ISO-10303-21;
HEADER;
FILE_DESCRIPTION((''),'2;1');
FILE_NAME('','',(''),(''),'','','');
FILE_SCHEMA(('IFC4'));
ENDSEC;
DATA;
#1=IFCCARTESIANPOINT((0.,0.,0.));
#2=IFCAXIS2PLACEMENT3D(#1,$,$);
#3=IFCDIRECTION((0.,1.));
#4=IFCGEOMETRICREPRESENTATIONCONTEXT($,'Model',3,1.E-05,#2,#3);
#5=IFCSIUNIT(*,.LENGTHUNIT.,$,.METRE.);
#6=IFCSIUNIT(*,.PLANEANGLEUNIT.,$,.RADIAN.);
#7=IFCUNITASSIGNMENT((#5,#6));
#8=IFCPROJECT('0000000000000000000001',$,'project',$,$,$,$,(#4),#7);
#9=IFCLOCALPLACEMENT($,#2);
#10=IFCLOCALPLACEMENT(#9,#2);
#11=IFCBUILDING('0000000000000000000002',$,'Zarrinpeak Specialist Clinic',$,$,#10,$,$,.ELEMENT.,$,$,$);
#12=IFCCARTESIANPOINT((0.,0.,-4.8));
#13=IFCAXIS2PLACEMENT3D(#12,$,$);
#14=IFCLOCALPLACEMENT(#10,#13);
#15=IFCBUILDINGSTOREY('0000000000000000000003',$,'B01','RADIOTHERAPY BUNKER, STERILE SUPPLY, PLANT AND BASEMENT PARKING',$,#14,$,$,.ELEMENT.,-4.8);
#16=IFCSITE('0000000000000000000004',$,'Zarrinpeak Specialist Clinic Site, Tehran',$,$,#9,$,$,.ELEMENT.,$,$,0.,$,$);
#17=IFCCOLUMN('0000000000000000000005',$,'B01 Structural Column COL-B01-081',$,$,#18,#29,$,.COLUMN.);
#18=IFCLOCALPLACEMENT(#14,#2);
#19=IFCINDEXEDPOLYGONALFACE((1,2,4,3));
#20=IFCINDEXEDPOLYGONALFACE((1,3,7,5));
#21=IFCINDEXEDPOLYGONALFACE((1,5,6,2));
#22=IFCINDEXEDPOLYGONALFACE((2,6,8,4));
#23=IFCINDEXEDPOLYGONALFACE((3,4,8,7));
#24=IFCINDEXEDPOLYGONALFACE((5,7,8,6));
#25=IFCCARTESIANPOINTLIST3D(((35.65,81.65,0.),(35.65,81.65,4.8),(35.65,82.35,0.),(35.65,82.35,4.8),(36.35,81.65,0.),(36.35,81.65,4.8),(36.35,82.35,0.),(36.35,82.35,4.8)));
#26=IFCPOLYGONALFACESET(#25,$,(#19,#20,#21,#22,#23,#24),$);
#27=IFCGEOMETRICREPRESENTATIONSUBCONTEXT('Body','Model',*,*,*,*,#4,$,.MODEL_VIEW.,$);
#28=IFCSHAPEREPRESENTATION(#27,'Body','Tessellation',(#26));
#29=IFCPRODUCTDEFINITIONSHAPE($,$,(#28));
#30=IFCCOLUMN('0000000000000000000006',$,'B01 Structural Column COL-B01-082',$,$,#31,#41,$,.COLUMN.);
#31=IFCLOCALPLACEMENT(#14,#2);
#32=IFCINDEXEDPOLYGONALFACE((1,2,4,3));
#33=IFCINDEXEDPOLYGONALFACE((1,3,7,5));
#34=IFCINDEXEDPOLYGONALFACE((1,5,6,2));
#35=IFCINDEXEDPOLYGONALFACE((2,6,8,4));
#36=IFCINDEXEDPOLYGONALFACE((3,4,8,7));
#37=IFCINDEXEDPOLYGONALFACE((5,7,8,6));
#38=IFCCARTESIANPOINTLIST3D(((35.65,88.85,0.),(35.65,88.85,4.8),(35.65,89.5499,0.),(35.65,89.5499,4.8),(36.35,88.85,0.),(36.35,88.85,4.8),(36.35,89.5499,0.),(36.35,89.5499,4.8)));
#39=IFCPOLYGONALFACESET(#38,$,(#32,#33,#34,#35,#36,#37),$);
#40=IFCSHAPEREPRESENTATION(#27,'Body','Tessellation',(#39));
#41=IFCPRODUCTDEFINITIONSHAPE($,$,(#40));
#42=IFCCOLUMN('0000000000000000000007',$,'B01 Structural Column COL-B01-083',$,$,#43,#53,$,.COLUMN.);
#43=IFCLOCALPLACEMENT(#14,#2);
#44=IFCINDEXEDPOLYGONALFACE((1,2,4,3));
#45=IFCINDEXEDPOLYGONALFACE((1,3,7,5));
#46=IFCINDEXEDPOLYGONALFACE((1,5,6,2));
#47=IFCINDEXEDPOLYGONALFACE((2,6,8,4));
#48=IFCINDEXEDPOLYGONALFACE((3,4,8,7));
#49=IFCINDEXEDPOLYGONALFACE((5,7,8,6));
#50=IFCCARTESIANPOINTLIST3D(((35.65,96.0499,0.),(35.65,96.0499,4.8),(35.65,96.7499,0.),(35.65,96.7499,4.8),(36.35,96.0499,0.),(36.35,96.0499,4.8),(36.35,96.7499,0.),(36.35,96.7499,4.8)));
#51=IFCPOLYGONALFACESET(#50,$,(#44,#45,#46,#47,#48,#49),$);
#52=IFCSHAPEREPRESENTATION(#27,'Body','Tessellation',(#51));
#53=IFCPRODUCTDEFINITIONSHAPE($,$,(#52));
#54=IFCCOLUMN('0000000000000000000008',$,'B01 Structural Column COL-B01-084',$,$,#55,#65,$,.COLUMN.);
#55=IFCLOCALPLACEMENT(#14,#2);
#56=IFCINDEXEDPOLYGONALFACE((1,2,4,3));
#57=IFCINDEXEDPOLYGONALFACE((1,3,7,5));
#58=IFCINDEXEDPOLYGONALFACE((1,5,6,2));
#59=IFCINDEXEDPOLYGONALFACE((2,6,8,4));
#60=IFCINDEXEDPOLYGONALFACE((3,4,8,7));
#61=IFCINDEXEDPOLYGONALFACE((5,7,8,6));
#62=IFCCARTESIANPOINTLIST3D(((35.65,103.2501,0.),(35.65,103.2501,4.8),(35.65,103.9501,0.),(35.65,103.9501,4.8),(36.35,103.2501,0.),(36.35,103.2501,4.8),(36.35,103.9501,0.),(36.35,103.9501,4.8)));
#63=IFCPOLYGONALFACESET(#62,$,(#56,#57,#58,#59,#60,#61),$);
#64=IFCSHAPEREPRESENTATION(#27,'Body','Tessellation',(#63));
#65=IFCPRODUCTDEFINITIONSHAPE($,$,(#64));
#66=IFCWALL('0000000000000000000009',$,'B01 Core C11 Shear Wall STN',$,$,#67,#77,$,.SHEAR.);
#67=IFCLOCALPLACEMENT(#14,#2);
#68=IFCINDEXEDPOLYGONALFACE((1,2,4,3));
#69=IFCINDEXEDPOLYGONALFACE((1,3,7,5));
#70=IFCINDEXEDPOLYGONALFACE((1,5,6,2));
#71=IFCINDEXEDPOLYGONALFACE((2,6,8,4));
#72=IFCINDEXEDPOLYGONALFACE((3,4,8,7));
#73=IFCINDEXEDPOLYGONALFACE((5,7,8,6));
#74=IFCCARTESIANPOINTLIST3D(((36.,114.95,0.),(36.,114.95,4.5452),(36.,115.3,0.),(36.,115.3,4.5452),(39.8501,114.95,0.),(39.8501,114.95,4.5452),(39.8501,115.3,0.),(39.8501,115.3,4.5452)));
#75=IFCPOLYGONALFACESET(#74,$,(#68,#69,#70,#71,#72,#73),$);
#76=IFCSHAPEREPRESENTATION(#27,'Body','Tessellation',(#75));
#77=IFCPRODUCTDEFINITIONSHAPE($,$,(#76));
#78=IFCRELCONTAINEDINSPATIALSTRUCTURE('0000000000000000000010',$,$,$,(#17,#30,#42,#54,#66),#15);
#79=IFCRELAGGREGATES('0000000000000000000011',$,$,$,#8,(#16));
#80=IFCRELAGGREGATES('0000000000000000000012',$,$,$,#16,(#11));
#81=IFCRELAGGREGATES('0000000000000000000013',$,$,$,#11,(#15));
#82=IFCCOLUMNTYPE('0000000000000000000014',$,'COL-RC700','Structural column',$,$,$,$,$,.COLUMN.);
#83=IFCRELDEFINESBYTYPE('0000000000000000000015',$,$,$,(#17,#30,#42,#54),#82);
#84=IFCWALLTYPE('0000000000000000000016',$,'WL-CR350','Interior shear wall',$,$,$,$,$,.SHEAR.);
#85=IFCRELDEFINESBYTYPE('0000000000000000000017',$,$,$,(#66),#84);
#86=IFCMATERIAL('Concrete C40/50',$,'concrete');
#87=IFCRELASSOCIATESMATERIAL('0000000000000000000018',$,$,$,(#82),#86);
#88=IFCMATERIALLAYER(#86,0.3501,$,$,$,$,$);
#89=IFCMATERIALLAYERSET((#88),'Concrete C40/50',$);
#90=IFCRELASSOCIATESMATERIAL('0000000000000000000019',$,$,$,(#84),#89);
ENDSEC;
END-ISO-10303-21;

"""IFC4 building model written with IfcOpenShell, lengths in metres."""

from ifc_helpers import new_model, si_unit, direction, frame, frame_2d, origin, origin_2d, place, context, subcontext, project, spatial, rectangle, extrude, material, layer, layer_set, material_profile, profile_set, type_object, element, save


model = new_model("IFC4")

# Units and contexts
model_context = context("Model", 3, precision=1e-05, world=origin(), true_north=direction((0.0, 1.0)))
body_context = subcontext(model_context, "Body", "Model", "MODEL_VIEW")
ifc_project = project(units=[si_unit("LENGTHUNIT", "METRE"), si_unit("PLANEANGLEUNIT", "RADIAN")], contexts=[model_context])

# Site, building, storey
site_placement = place(None, origin())
site = spatial("IfcSite", under=ifc_project, at=site_placement, Name="Zarrinpeak Specialist Clinic Site, Tehran", CompositionType="ELEMENT", RefElevation=0.0)
building_placement = place(site_placement, origin())
building = spatial("IfcBuilding", under=site, at=building_placement, Name="Zarrinpeak Specialist Clinic", CompositionType="ELEMENT")
storey_placement = place(building_placement, frame((0.0, 0.0, -4.8)))
storey = spatial("IfcBuildingStorey", under=building, at=storey_placement, Name="B01", Description="RADIOTHERAPY BUNKER, STERILE SUPPLY, PLANT AND BASEMENT PARKING", CompositionType="ELEMENT", Elevation=-4.8)

# Shared definitions
ifc_material_1 = material(Name="Concrete C40/50", Category="concrete")

# Columns
ifc_material_profile_1 = material_profile(ifc_material_1, rectangle(XDim=0.7, YDim=0.7, at=origin_2d()), Name="RC 700x700")
ifc_profile_set_1 = profile_set([ifc_material_profile_1], Name="Concrete C40/50")
column_type = type_object("IfcColumnType", Name="COL-RC700", Description="Structural column", PredefinedType="COLUMN", material=ifc_profile_set_1)
for number, where, z_axis, x_axis, name in (
    (1, (36.0, 82.0, 0.0), (0.0, 0.0, 1.0), (1.0, 0.0, 0.0), "B01 Structural Column COL-B01-081"),
    (2, (36.0, 89.2, 0.0), (0.0, 0.0, 1.0), (1.0, 0.0, 0.0), "B01 Structural Column COL-B01-082"),
    (3, (36.0, 96.3999, 0.0), (0.0, 0.0, 1.0), (1.0, 0.0, 0.0), "B01 Structural Column COL-B01-083"),
    (4, (36.0, 103.6001, 0.0), (0.0, 0.0, 1.0), (1.0, 0.0, 0.0), "B01 Structural Column COL-B01-084"),
):
    element("IfcColumn", number, at=place(storey_placement, frame(where, z_axis=z_axis, x_axis=x_axis)), inside=storey, type_object=column_type, Name=name, PredefinedType="COLUMN", context=body_context, shape_type="SweptSolid", body=[
        extrude(rectangle(XDim=0.7, YDim=0.7, at=origin_2d()), origin(), (0.0, 0.0, 1.0), 4.8),
    ])

# Shared definitions
ifc_layer = layer(ifc_material_1, 0.3501)
ifc_layer_set = layer_set([ifc_layer], Name="Concrete C40/50")
wall_type = type_object("IfcWallType", Name="WL-CR350", Description="Interior shear wall", PredefinedType="SHEAR", material=ifc_layer_set)

# Wall
wall_1_placement = place(storey_placement, frame((36.0, 115.125, 0.0), z_axis=(0.0, 0.0, 1.0), x_axis=(1.0, 0.0, 0.0)))
element("IfcWall", 5, at=wall_1_placement, inside=storey, type_object=wall_type, Name="B01 Core C11 Shear Wall STN", PredefinedType="SHEAR", context=body_context, shape_type="SweptSolid", body=[
    extrude(rectangle(XDim=3.8501, YDim=0.3501, at=frame_2d((1.925, 0.0))), origin(), (0.0, 0.0, 1.0), 4.5452),
])

save(model, "model.ifc")
